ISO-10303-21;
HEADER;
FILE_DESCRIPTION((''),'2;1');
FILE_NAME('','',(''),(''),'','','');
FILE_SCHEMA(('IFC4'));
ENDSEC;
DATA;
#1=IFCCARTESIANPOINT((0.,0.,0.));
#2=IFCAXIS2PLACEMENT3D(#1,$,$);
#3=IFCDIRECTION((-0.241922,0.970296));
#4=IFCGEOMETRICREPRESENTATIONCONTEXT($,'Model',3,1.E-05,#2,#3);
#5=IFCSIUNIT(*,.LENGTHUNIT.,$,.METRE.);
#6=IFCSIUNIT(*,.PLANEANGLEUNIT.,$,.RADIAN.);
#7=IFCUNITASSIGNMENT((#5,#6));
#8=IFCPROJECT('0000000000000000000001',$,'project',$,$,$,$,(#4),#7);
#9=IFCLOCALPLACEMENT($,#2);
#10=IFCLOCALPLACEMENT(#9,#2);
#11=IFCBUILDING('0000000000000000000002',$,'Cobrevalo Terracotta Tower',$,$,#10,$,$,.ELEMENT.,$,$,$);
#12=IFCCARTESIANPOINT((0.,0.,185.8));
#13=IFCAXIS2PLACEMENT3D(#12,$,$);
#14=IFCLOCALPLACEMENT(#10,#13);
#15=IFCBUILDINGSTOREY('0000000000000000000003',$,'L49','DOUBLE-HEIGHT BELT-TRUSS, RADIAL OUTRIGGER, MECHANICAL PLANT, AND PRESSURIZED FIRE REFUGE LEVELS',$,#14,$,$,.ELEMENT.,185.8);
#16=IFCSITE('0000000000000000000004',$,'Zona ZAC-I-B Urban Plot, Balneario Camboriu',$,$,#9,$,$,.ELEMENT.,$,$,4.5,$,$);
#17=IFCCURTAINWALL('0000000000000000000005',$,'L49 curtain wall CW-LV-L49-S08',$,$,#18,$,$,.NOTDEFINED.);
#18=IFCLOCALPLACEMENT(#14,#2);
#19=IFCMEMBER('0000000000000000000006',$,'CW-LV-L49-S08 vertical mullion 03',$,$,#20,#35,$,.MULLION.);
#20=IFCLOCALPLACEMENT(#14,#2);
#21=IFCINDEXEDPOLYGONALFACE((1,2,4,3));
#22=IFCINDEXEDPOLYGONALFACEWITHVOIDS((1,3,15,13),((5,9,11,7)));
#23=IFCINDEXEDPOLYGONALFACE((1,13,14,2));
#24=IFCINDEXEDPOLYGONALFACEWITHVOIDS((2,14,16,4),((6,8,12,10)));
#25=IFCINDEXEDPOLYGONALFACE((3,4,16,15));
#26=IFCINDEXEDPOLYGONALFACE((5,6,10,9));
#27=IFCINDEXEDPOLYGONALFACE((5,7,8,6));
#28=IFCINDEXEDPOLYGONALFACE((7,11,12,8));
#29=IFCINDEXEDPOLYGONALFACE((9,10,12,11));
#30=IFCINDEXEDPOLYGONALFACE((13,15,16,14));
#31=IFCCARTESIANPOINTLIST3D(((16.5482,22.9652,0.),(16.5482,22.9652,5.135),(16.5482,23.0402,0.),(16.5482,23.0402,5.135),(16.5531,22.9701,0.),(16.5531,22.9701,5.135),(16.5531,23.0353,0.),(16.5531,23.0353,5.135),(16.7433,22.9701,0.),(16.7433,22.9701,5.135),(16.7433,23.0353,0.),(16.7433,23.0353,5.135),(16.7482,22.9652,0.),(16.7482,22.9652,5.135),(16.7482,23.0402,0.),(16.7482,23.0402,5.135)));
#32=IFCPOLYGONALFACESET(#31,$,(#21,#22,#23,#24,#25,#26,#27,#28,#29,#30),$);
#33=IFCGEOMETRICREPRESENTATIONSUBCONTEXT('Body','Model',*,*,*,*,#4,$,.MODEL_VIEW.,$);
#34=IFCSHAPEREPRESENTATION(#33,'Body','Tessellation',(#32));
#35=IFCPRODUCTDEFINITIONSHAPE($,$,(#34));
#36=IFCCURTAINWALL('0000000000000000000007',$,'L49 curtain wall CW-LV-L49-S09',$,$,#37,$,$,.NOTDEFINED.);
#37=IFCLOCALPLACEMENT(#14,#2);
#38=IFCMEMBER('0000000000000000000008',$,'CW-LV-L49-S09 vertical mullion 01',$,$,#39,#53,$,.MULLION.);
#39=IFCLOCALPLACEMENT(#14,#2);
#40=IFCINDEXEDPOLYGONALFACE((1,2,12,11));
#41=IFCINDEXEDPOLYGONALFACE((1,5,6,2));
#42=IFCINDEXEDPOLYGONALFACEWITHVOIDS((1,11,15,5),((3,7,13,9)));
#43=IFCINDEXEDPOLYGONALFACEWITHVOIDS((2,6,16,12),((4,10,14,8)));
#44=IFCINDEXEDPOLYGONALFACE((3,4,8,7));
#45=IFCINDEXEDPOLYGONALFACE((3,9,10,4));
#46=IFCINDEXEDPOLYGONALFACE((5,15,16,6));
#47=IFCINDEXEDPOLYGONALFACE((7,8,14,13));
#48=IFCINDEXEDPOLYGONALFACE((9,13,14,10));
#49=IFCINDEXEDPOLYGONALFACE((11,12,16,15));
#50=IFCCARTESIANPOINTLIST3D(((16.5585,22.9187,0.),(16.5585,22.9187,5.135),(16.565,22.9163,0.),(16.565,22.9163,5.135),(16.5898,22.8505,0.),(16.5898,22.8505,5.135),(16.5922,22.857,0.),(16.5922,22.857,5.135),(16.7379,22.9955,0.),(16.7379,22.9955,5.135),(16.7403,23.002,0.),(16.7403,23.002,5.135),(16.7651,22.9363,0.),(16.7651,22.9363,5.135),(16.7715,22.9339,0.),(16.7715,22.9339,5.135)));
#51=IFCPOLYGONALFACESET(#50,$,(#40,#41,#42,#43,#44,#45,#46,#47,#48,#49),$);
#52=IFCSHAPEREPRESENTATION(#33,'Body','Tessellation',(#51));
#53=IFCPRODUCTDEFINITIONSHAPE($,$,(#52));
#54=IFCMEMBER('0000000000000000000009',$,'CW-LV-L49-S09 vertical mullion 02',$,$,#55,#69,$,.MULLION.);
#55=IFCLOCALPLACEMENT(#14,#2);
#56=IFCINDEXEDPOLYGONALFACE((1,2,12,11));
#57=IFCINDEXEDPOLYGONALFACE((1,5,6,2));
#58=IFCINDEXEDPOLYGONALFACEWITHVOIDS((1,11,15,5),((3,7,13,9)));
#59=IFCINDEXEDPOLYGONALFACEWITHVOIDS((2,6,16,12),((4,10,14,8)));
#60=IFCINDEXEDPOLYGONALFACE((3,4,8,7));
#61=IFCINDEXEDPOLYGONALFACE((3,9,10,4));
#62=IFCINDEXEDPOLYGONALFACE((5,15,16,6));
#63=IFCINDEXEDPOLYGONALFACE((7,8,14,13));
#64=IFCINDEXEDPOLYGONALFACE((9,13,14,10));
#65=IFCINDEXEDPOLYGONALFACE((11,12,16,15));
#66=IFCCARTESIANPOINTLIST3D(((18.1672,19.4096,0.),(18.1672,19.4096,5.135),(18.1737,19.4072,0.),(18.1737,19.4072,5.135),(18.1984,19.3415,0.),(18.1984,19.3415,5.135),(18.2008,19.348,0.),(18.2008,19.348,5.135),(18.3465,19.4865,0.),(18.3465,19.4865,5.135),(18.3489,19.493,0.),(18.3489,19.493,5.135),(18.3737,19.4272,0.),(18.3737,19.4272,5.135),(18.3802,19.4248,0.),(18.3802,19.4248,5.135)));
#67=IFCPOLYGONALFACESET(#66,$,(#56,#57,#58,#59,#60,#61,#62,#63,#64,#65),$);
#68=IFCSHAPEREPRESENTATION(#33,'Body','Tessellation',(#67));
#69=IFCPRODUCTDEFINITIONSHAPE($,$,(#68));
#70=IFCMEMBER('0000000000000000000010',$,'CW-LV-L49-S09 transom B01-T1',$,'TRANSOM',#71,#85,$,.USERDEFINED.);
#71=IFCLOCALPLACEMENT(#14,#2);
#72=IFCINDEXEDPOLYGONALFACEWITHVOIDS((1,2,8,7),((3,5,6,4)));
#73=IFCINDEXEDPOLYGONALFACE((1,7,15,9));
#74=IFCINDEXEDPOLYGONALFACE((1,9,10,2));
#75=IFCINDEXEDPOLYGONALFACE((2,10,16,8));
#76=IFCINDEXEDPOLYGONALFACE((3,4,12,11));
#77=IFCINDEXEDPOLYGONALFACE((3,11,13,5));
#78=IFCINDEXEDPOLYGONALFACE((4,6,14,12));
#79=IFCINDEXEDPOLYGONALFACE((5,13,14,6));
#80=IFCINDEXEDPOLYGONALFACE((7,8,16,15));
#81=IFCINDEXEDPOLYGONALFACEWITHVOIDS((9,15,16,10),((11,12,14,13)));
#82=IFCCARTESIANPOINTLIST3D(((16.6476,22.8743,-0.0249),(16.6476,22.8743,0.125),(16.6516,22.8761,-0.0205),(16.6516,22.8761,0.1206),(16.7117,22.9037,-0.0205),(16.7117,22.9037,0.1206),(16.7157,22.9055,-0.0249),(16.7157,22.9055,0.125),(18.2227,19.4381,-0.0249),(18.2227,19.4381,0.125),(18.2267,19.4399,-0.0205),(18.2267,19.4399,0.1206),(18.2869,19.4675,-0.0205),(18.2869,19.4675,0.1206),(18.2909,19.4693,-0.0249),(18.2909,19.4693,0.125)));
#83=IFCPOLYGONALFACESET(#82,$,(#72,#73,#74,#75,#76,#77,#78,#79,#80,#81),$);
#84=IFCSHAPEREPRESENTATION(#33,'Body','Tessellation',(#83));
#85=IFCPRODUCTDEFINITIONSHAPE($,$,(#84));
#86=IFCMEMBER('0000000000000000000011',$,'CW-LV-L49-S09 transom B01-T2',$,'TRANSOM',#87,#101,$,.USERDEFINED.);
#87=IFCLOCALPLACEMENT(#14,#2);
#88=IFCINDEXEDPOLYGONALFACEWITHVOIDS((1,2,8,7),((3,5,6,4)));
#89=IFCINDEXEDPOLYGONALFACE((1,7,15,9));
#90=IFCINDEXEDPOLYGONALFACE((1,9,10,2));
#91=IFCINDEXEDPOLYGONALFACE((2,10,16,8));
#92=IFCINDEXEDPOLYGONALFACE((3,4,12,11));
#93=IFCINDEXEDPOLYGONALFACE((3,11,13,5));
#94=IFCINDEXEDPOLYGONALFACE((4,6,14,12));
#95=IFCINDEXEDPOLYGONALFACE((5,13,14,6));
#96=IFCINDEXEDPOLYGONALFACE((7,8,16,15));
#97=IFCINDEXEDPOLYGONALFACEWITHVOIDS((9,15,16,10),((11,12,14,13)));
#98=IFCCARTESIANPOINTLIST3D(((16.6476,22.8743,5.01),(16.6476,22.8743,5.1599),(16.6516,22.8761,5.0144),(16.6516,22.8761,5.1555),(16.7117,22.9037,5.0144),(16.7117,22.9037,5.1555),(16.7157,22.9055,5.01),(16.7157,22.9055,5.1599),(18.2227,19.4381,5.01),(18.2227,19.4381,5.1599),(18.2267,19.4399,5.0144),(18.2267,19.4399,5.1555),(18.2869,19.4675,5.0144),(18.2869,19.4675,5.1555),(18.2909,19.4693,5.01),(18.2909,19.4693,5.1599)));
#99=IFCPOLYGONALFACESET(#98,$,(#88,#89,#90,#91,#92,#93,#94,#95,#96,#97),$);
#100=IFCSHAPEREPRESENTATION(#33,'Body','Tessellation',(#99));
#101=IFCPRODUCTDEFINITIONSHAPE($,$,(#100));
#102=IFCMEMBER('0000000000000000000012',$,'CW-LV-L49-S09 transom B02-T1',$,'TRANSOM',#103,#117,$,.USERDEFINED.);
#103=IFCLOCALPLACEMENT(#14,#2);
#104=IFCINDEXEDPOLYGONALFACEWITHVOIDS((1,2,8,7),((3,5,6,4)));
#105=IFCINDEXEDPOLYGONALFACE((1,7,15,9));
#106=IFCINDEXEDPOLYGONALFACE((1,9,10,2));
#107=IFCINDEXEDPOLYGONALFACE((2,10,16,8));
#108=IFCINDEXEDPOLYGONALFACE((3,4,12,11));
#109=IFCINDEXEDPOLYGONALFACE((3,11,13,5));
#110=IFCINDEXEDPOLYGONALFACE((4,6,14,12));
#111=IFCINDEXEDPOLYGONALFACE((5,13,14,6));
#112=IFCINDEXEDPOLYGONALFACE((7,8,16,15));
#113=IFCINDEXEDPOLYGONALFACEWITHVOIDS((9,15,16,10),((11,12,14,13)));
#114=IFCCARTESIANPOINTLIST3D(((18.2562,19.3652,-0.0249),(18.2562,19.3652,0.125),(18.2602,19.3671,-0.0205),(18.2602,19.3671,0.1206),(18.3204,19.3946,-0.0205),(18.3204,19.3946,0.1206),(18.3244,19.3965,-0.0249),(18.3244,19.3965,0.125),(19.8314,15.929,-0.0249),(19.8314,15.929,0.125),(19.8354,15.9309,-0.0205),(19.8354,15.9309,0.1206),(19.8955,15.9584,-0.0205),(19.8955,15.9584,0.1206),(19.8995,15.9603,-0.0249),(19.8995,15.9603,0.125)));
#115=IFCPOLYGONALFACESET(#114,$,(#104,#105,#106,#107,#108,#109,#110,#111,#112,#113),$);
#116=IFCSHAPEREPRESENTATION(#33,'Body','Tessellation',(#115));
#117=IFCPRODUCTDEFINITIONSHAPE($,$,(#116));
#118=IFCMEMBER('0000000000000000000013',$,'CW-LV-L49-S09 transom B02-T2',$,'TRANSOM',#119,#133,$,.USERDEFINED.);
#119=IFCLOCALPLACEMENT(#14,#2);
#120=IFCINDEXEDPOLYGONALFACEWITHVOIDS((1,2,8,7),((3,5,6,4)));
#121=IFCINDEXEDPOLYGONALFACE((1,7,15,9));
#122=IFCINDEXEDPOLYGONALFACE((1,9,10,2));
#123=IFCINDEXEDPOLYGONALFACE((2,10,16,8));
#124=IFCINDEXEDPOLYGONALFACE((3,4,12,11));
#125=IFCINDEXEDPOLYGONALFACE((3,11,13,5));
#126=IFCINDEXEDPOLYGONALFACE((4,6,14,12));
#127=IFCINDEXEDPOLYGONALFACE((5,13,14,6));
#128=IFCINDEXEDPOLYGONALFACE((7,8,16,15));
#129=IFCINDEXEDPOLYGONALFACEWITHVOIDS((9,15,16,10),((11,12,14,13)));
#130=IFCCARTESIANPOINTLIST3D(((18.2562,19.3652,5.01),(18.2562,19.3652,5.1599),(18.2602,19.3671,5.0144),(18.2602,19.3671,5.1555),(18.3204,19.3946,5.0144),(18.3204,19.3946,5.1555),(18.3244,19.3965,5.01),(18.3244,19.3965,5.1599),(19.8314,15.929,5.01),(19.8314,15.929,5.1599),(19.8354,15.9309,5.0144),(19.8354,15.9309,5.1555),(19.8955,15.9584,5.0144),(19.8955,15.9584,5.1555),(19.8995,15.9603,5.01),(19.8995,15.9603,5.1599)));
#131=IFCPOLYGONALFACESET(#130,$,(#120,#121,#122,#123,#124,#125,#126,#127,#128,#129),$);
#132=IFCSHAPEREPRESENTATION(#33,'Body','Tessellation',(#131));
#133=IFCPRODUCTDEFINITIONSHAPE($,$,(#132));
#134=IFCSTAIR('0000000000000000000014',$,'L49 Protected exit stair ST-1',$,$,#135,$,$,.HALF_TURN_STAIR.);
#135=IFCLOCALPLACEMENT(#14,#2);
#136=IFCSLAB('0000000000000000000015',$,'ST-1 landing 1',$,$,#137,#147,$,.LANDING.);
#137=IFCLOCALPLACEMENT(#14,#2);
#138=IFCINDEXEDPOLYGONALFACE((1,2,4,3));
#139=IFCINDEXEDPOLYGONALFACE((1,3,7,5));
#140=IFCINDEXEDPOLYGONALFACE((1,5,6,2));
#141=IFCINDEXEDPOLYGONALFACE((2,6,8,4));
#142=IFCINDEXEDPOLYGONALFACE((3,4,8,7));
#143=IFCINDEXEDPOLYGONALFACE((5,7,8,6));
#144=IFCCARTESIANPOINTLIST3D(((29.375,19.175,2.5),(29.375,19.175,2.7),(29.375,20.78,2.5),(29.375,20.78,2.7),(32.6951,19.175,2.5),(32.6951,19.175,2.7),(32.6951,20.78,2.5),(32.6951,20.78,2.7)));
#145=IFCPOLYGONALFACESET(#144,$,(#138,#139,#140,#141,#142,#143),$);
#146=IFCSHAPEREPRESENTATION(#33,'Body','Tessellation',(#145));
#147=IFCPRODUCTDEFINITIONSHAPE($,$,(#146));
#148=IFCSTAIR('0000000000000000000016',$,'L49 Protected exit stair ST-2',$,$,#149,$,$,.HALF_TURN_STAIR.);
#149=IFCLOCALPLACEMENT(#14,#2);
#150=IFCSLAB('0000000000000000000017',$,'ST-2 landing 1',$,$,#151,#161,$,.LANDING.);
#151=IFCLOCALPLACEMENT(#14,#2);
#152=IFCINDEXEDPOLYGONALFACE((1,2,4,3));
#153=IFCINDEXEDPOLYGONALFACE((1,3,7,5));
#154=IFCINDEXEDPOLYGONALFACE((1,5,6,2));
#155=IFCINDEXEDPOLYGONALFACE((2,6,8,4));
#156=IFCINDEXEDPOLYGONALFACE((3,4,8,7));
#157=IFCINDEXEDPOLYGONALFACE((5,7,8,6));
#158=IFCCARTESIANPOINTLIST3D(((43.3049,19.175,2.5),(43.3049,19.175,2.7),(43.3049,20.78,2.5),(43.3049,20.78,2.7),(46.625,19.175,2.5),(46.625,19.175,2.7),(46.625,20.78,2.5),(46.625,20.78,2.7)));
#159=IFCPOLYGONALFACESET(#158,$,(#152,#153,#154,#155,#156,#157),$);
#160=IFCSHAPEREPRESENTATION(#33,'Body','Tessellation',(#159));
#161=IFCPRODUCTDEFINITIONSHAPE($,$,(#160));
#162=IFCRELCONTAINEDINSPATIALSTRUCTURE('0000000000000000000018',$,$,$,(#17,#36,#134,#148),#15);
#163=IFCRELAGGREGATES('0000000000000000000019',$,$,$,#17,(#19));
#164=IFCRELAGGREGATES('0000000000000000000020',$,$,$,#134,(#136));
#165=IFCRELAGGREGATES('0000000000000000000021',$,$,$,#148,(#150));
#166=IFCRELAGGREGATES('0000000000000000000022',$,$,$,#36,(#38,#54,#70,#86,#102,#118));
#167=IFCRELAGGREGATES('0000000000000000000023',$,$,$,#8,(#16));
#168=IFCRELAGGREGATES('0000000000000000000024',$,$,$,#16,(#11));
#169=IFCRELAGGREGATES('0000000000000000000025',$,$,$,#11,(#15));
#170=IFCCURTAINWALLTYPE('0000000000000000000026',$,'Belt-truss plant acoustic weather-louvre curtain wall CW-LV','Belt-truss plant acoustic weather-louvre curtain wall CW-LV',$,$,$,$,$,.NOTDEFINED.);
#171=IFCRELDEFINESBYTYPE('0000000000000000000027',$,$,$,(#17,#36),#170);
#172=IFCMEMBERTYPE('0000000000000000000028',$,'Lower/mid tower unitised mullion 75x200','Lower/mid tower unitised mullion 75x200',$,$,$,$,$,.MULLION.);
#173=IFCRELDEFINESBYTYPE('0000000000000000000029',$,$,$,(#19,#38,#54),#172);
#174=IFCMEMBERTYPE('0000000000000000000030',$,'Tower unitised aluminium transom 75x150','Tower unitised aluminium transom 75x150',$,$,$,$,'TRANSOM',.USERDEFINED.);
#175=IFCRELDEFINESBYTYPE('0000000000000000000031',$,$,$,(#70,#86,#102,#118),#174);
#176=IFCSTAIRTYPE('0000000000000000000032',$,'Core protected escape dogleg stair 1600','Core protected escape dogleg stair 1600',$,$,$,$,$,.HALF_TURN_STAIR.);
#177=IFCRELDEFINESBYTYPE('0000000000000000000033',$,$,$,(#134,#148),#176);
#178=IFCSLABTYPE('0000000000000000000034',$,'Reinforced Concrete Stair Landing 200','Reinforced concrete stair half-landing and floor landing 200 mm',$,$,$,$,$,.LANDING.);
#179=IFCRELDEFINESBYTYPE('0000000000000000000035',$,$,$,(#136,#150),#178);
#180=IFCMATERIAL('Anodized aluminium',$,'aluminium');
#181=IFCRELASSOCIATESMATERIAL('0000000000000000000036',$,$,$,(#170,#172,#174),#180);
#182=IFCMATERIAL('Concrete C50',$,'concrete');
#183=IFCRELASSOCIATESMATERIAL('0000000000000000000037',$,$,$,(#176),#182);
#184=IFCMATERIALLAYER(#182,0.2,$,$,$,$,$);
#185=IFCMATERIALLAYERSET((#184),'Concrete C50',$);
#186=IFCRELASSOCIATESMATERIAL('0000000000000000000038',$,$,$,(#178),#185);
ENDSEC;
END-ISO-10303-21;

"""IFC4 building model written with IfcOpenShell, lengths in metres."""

from ifc_helpers import new_model, si_unit, direction, frame, origin, origin_2d, place, context, subcontext, project, spatial, polyline, hollow_rectangle, outline, extrude, source, transform, mapped, material, layer, layer_set, material_profile, profile_set, type_object, element, aggregate, save


model = new_model("IFC4")

# Units and contexts
model_context = context("Model", 3, precision=1e-05, world=origin(), true_north=direction((-0.241922, 0.970296)))
body_context = subcontext(model_context, "Body", "Model", "MODEL_VIEW")
ifc_project = project(units=[si_unit("LENGTHUNIT", "METRE"), si_unit("PLANEANGLEUNIT", "RADIAN")], contexts=[model_context])

# Site, building, storey
site_placement = place(None, origin())
site = spatial("IfcSite", under=ifc_project, at=site_placement, Name="Zona ZAC-I-B Urban Plot, Balneario Camboriu", CompositionType="ELEMENT", RefElevation=4.5)
building_placement = place(site_placement, origin())
building = spatial("IfcBuilding", under=site, at=building_placement, Name="Cobrevalo Terracotta Tower", CompositionType="ELEMENT")
storey_placement = place(building_placement, frame((0.0, 0.0, 185.8)))
storey = spatial("IfcBuildingStorey", under=building, at=storey_placement, Name="L49", Description="DOUBLE-HEIGHT BELT-TRUSS, RADIAL OUTRIGGER, MECHANICAL PLANT, AND PRESSURIZED FIRE REFUGE LEVELS", CompositionType="ELEMENT", Elevation=185.8)

# Curtain wall, member
ifc_material_1 = material(Name="Anodized aluminium", Category="aluminium")
curtain_wall_type = type_object("IfcCurtainWallType", Name="Belt-truss plant acoustic weather-louvre curtain wall CW-LV", Description="Belt-truss plant acoustic weather-louvre curtain wall CW-LV", PredefinedType="NOTDEFINED", material=ifc_material_1)
curtain_wall_1_placement = place(storey_placement, origin())
curtain_wall_1 = element("IfcCurtainWall", 1, at=curtain_wall_1_placement, inside=storey, type_object=curtain_wall_type, Name="L49 curtain wall CW-LV-L49-S08", PredefinedType="NOTDEFINED")
ifc_material_profile_1 = material_profile(ifc_material_1, hollow_rectangle(XDim=0.075, YDim=0.2, WallThickness=0.0049, at=origin_2d()), Name="CWM 75x200")
ifc_profile_set_1 = profile_set([ifc_material_profile_1], Name="Anodized aluminium")
member_type_1 = type_object("IfcMemberType", Name="Lower/mid tower unitised mullion 75x200", Description="Lower/mid tower unitised mullion 75x200", PredefinedType="MULLION", material=ifc_profile_set_1)
shared_shape_1 = source(origin(), body_context, "Body", "SweptSolid", [
    extrude(hollow_rectangle(XDim=0.075, YDim=0.2, WallThickness=0.0049, at=origin_2d()), origin(), (0.0, 0.0, 1.0), 5.135),
])
member_1_placement = place(storey_placement, frame((16.6482, 23.0027, 0.0), z_axis=(0.0, 0.0, 1.0), x_axis=(0.0, -1.0, 0.0)))
member_1 = element("IfcMember", 2, at=member_1_placement, type_object=member_type_1, Name="CW-LV-L49-S08 vertical mullion 03", PredefinedType="MULLION", context=body_context, shape_type="MappedRepresentation", body=[
    mapped(shared_shape_1, transform((0.0, 0.0, 0.0), scale=1.0)),
])
aggregate(curtain_wall_1, [member_1])

# Curtain wall, members
curtain_wall_2_placement = place(storey_placement, origin())
curtain_wall_2 = element("IfcCurtainWall", 3, at=curtain_wall_2_placement, inside=storey, type_object=curtain_wall_type, Name="L49 curtain wall CW-LV-L49-S09", PredefinedType="NOTDEFINED")
member_2_placement = place(storey_placement, frame((16.665, 22.9263, 0.0), z_axis=(0.0, 0.0, 1.0), x_axis=(0.416725, -0.909033, 0.0)))
member_2 = element("IfcMember", 4, at=member_2_placement, type_object=member_type_1, Name="CW-LV-L49-S09 vertical mullion 01", PredefinedType="MULLION", context=body_context, shape_type="MappedRepresentation", body=[
    mapped(shared_shape_1, transform((0.0, 0.0, 0.0), scale=1.0)),
])
member_3_placement = place(storey_placement, frame((18.2737, 19.4172, 0.0), z_axis=(0.0, 0.0, 1.0), x_axis=(0.416725, -0.909033, 0.0)))
member_3 = element("IfcMember", 5, at=member_3_placement, type_object=member_type_1, Name="CW-LV-L49-S09 vertical mullion 02", PredefinedType="MULLION", context=body_context, shape_type="MappedRepresentation", body=[
    mapped(shared_shape_1, transform((0.0, 0.0, 0.0), scale=1.0)),
])
ifc_material_profile_2 = material_profile(ifc_material_1, hollow_rectangle(XDim=0.075, YDim=0.1499, WallThickness=0.0044, at=origin_2d()), Name="CWT 75x150")
ifc_profile_set_2 = profile_set([ifc_material_profile_2], Name="Anodized aluminium")
member_type_2 = type_object("IfcMemberType", Name="Tower unitised aluminium transom 75x150", Description="Tower unitised aluminium transom 75x150", ElementType="TRANSOM", PredefinedType="USERDEFINED", material=ifc_profile_set_2)
shared_shape_2 = source(origin(), body_context, "Body", "SweptSolid", [
    extrude(hollow_rectangle(XDim=0.075, YDim=0.1499, WallThickness=0.0044, at=origin_2d()), origin(), (0.0, 0.0, 1.0), 3.78),
])
member_4_placement = place(storey_placement, frame((16.6816, 22.8899, 0.05), z_axis=(0.416706, -0.909041, 0.0), x_axis=(0.909041, 0.416706, 0.0)))
member_4 = element("IfcMember", 6, at=member_4_placement, type_object=member_type_2, Name="CW-LV-L49-S09 transom B01-T1", ObjectType="TRANSOM", PredefinedType="USERDEFINED", context=body_context, shape_type="MappedRepresentation", body=[
    mapped(shared_shape_2, transform((0.0, 0.0, 0.0), scale=1.0)),
])
member_5_placement = place(storey_placement, frame((16.6816, 22.8899, 5.085), z_axis=(0.416706, -0.909041, 0.0), x_axis=(0.909041, 0.416706, 0.0)))
member_5 = element("IfcMember", 7, at=member_5_placement, type_object=member_type_2, Name="CW-LV-L49-S09 transom B01-T2", ObjectType="TRANSOM", PredefinedType="USERDEFINED", context=body_context, shape_type="MappedRepresentation", body=[
    mapped(shared_shape_2, transform((0.0, 0.0, 0.0), scale=1.0)),
])
member_6_placement = place(storey_placement, frame((18.2903, 19.3809, 0.05), z_axis=(0.416706, -0.909041, 0.0), x_axis=(0.909041, 0.416706, 0.0)))
member_6 = element("IfcMember", 8, at=member_6_placement, type_object=member_type_2, Name="CW-LV-L49-S09 transom B02-T1", ObjectType="TRANSOM", PredefinedType="USERDEFINED", context=body_context, shape_type="MappedRepresentation", body=[
    mapped(shared_shape_2, transform((0.0, 0.0, 0.0), scale=1.0)),
])
member_7_placement = place(storey_placement, frame((18.2903, 19.3809, 5.085), z_axis=(0.416706, -0.909041, 0.0), x_axis=(0.909041, 0.416706, 0.0)))
member_7 = element("IfcMember", 9, at=member_7_placement, type_object=member_type_2, Name="CW-LV-L49-S09 transom B02-T2", ObjectType="TRANSOM", PredefinedType="USERDEFINED", context=body_context, shape_type="MappedRepresentation", body=[
    mapped(shared_shape_2, transform((0.0, 0.0, 0.0), scale=1.0)),
])

# Stairs, slabs
ifc_material_2 = material(Name="Concrete C50", Category="concrete")
stair_type = type_object("IfcStairType", Name="Core protected escape dogleg stair 1600", Description="Core protected escape dogleg stair 1600", PredefinedType="HALF_TURN_STAIR", material=ifc_material_2)
stair_1_placement = place(storey_placement, origin())
stair_1 = element("IfcStair", 10, at=stair_1_placement, inside=storey, type_object=stair_type, Name="L49 Protected exit stair ST-1", PredefinedType="HALF_TURN_STAIR")
ifc_layer_1 = layer(ifc_material_2, 0.2)
ifc_layer_set_1 = layer_set([ifc_layer_1], Name="Concrete C50")
slab_type_1 = type_object("IfcSlabType", Name="Reinforced Concrete Stair Landing 200", Description="Reinforced concrete stair half-landing and floor landing 200 mm", PredefinedType="LANDING", material=ifc_layer_set_1)
slab_1_placement = place(storey_placement, frame((0.0, 0.0, 2.5)))
slab_1 = element("IfcSlab", 11, at=slab_1_placement, type_object=slab_type_1, Name="ST-1 landing 1", PredefinedType="LANDING", context=body_context, shape_type="SweptSolid", body=[
    extrude(outline(polyline([(29.375, 20.78), (29.375, 19.175), (32.6951, 19.175), (32.6951, 20.78), (29.375, 20.78)])), origin(), (0.0, 0.0, 1.0), 0.2),
])
aggregate(stair_1, [slab_1])
stair_2_placement = place(storey_placement, origin())
stair_2 = element("IfcStair", 12, at=stair_2_placement, inside=storey, type_object=stair_type, Name="L49 Protected exit stair ST-2", PredefinedType="HALF_TURN_STAIR")
slab_2_placement = place(storey_placement, frame((0.0, 0.0, 2.5)))
slab_2 = element("IfcSlab", 13, at=slab_2_placement, type_object=slab_type_1, Name="ST-2 landing 1", PredefinedType="LANDING", context=body_context, shape_type="SweptSolid", body=[
    extrude(outline(polyline([(43.3049, 20.78), (43.3049, 19.175), (46.625, 19.175), (46.625, 20.78), (43.3049, 20.78)])), origin(), (0.0, 0.0, 1.0), 0.2),
])
aggregate(stair_2, [slab_2])

aggregate(curtain_wall_2, [member_2, member_3, member_4, member_5, member_6, member_7])

save(model, "model.ifc")
